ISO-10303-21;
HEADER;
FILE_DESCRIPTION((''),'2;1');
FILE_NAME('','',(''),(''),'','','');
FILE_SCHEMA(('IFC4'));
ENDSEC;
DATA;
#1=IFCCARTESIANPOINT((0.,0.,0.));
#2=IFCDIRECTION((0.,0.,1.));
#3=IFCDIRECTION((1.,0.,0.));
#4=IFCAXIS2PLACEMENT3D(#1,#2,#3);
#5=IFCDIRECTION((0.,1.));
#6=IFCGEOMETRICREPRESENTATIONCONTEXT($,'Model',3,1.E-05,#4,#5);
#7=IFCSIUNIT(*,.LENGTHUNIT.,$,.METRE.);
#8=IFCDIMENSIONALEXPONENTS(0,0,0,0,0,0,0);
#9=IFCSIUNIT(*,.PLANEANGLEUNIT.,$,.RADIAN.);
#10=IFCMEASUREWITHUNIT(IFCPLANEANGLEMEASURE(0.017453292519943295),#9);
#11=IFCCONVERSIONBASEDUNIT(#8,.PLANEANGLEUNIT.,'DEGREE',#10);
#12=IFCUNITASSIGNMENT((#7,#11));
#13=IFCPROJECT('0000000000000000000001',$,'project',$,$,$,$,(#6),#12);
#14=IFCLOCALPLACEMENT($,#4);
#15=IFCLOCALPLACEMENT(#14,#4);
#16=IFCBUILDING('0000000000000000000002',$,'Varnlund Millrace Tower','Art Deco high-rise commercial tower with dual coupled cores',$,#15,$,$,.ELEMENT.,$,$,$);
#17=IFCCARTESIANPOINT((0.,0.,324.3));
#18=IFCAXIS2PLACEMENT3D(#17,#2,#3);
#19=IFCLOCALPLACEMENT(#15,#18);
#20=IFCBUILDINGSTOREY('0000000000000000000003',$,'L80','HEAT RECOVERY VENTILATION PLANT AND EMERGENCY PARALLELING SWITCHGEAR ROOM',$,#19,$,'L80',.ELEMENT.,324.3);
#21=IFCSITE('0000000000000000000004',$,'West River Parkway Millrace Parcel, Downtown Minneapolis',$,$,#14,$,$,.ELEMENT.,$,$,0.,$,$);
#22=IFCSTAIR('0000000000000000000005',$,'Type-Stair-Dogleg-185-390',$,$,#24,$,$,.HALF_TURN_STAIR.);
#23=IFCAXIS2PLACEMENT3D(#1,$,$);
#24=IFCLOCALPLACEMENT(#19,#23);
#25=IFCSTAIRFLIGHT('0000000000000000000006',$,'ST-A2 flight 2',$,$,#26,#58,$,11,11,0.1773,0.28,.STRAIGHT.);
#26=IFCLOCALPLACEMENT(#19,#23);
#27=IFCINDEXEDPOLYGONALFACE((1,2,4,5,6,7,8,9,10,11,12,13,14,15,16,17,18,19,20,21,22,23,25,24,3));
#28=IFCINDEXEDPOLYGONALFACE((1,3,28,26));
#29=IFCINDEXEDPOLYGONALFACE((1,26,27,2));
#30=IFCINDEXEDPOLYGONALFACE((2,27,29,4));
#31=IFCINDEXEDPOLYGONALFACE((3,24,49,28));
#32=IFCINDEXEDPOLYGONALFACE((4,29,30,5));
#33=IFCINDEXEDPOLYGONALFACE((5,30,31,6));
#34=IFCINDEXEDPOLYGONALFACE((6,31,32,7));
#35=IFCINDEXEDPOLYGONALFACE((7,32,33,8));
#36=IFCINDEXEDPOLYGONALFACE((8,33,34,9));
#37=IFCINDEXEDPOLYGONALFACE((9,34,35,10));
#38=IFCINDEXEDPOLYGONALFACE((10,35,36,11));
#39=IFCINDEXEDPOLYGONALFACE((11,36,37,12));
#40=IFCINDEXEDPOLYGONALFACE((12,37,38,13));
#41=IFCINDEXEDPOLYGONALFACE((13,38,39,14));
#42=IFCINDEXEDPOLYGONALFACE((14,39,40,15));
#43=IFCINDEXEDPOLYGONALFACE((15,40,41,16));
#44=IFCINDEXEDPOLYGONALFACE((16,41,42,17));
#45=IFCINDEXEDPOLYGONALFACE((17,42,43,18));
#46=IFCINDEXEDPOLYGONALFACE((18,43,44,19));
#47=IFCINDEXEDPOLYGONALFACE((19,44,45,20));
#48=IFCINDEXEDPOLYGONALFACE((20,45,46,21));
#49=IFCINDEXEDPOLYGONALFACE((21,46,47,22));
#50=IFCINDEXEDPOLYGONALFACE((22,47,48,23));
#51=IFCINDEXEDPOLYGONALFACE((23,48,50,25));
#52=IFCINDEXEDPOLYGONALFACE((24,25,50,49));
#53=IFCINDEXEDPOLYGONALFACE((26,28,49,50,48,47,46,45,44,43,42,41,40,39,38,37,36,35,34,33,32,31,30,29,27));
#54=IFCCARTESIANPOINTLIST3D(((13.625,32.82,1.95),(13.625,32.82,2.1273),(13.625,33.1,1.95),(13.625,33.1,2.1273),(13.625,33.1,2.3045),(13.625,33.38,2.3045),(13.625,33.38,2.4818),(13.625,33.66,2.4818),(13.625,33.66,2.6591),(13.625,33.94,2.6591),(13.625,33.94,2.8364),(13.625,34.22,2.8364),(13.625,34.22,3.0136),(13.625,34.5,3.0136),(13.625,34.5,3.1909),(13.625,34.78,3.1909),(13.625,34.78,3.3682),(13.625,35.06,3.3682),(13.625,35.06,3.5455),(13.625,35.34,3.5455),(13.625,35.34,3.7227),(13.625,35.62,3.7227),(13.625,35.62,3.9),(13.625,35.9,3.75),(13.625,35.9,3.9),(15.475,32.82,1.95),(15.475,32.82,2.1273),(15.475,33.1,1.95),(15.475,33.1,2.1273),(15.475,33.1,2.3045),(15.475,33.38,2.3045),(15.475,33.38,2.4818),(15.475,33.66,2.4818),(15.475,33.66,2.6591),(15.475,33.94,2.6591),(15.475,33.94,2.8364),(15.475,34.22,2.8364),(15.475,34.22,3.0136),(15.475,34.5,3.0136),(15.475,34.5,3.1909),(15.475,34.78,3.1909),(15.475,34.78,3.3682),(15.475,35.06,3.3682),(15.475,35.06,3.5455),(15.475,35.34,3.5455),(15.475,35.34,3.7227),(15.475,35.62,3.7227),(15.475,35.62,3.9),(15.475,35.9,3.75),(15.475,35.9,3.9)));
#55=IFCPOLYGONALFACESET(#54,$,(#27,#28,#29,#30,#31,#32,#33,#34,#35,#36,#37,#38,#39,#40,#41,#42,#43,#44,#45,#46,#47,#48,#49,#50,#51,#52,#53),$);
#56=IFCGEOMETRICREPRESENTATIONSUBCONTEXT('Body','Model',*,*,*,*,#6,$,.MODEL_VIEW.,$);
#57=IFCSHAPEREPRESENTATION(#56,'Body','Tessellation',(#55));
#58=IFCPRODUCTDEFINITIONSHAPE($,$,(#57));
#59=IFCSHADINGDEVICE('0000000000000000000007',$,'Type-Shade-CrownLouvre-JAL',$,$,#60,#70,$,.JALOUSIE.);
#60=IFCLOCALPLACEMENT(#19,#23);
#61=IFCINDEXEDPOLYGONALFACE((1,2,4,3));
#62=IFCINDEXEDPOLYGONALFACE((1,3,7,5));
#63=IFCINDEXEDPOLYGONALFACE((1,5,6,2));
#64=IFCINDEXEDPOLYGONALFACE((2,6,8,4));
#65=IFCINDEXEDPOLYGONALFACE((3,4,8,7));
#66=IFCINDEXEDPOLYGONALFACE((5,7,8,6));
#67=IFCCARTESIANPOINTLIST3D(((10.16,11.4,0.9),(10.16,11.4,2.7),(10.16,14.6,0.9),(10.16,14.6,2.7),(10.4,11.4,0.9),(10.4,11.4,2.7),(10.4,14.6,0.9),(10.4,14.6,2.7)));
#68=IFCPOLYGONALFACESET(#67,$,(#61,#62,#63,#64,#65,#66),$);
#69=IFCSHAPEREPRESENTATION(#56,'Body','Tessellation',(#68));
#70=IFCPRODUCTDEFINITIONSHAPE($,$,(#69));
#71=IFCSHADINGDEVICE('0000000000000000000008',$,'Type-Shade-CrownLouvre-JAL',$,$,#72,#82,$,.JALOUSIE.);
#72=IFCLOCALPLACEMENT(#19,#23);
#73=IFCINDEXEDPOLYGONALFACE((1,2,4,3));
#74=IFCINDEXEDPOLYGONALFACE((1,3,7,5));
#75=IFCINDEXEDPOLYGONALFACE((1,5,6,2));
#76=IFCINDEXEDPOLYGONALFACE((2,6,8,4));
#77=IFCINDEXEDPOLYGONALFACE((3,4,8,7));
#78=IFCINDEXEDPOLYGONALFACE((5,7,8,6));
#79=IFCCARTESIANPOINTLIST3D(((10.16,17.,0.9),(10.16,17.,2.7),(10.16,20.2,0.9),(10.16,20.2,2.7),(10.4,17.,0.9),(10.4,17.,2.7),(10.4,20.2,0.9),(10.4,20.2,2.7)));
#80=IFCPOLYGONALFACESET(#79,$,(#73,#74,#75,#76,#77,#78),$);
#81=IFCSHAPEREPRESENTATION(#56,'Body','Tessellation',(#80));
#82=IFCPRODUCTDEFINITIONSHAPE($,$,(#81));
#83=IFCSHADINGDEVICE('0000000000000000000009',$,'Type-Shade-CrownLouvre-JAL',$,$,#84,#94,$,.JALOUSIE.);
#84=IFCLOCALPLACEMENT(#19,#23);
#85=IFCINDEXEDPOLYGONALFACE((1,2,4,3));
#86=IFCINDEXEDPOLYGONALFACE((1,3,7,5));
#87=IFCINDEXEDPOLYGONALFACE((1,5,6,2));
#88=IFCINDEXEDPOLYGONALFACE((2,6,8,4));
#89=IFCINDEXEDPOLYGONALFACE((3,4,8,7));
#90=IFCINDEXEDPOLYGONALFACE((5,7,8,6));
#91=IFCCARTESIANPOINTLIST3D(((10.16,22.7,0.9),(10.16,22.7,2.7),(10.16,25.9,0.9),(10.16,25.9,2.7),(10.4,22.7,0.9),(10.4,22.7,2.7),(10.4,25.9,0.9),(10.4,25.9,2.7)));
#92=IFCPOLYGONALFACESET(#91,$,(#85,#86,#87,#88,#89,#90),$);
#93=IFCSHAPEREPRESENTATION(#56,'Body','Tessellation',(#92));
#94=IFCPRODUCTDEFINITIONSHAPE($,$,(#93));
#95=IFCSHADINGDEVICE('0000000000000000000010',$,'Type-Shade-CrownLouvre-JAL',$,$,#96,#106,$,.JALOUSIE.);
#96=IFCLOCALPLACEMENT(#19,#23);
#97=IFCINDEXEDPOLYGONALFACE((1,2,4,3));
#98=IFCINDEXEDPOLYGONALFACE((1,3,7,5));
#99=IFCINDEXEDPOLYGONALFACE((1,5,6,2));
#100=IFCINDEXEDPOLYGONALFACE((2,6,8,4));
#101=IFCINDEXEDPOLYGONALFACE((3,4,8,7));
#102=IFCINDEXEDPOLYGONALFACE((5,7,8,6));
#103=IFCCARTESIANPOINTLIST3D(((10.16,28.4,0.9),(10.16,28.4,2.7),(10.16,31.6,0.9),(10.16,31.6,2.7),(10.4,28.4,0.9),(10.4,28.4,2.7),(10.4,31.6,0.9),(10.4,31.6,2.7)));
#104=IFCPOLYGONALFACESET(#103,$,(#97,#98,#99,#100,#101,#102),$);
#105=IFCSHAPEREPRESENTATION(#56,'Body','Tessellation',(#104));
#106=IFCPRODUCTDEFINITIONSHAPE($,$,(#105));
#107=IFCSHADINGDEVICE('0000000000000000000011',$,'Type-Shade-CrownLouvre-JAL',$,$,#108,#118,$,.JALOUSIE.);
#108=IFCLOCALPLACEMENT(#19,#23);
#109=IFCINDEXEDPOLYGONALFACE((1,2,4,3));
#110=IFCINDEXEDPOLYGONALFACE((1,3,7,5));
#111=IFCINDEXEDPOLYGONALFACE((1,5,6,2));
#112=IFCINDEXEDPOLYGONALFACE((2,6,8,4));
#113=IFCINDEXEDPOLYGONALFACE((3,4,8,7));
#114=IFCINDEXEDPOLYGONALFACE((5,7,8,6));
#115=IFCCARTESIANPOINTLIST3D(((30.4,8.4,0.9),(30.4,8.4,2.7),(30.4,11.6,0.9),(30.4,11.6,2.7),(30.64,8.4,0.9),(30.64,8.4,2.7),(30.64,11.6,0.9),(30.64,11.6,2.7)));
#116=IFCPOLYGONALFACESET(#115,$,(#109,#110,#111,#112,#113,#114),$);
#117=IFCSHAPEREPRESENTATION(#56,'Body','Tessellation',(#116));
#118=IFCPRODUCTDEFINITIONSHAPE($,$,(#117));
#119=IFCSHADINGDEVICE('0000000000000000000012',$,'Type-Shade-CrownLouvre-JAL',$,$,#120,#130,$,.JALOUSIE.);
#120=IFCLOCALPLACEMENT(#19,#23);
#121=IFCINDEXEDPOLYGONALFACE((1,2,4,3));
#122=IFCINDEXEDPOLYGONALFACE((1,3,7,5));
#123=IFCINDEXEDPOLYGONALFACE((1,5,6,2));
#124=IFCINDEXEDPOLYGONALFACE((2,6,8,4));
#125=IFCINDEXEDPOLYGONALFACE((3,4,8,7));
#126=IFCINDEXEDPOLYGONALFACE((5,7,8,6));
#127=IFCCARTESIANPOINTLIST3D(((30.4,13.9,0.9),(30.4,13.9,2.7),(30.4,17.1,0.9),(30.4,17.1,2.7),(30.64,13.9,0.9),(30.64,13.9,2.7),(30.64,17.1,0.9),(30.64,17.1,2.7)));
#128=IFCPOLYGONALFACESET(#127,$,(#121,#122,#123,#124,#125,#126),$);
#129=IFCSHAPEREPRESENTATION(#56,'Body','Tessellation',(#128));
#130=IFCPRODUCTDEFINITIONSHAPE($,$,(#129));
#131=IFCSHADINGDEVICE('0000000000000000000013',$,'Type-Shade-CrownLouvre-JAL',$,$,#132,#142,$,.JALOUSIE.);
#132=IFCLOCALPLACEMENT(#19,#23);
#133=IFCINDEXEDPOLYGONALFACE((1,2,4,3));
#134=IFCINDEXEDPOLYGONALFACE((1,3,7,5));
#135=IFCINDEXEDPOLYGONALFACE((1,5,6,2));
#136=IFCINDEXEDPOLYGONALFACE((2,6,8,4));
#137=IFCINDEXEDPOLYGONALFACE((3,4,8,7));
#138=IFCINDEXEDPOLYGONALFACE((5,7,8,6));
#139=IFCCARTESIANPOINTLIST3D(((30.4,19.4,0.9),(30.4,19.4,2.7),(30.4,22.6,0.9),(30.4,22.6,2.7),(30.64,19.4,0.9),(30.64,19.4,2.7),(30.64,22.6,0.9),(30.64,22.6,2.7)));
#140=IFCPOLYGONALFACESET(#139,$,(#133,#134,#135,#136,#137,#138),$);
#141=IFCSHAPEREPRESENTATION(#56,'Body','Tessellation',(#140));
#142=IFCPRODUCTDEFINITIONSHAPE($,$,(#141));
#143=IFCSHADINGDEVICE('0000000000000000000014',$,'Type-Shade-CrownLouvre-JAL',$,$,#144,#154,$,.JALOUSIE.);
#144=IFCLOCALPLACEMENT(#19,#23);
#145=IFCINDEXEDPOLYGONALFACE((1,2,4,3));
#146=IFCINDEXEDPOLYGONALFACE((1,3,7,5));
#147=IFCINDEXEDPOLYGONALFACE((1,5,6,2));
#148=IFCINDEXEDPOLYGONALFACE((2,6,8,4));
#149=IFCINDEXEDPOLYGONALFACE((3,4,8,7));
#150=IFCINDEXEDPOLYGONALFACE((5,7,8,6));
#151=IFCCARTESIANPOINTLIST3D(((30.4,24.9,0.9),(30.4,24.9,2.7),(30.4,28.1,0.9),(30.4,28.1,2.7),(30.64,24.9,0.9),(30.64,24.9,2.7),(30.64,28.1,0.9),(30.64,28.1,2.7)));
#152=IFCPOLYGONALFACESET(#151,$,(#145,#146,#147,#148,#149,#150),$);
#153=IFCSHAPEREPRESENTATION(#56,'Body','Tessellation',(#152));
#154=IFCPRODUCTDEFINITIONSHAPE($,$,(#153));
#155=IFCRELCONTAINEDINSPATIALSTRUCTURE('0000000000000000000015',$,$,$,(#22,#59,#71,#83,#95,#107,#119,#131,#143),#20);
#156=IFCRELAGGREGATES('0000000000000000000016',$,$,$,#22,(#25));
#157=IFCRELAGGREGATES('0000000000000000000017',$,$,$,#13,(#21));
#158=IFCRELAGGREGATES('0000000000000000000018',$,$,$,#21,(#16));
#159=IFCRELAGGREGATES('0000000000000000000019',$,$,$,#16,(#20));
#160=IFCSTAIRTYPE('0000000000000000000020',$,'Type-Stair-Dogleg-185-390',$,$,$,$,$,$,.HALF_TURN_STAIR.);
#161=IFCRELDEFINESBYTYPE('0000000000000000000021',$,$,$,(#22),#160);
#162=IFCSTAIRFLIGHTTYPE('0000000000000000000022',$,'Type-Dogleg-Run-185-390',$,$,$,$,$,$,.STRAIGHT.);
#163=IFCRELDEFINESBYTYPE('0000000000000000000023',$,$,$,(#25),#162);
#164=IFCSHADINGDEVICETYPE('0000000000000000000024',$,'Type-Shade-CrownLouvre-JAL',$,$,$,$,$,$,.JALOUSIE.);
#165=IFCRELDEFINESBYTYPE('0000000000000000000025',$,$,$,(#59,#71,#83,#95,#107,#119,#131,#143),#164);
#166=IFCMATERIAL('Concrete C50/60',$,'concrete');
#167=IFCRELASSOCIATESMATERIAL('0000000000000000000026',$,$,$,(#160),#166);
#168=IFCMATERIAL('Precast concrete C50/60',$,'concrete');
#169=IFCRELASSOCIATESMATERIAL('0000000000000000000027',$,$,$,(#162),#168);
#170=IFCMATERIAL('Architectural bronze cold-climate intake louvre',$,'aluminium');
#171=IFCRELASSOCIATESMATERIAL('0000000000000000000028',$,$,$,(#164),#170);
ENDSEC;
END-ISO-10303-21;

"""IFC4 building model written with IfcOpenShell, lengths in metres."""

from ifc_helpers import new_model, entity, si_unit, converted_unit, direction, frame, origin_with_axes, origin_2d_with_axis, place, context, subcontext, project, spatial, polyline, rectangle, outline, extrude, material, type_object, element, aggregate, save


model = new_model("IFC4")

# Units and contexts
model_context = context("Model", 3, precision=1e-05, world=origin_with_axes(), true_north=direction((0.0, 1.0)))
body_context = subcontext(model_context, "Body", "Model", "MODEL_VIEW")
ifc_project = project(units=[si_unit("LENGTHUNIT", "METRE"), converted_unit("PLANEANGLEUNIT", "DEGREE", entity("IfcPlaneAngleMeasure", 0.017453292519943295), si_unit("PLANEANGLEUNIT", "RADIAN"), dimensions=[0, 0, 0, 0, 0, 0, 0])], contexts=[model_context])

# Site, building, storey
site_placement = place(None, origin_with_axes())
site = spatial("IfcSite", under=ifc_project, at=site_placement, Name="West River Parkway Millrace Parcel, Downtown Minneapolis", CompositionType="ELEMENT", RefElevation=0.0)
building_placement = place(site_placement, origin_with_axes())
building = spatial("IfcBuilding", under=site, at=building_placement, Name="Varnlund Millrace Tower", Description="Art Deco high-rise commercial tower with dual coupled cores", CompositionType="ELEMENT")
storey_placement = place(building_placement, frame((0.0, 0.0, 324.3), z_axis=(0.0, 0.0, 1.0), x_axis=(1.0, 0.0, 0.0)))
storey = spatial("IfcBuildingStorey", under=building, at=storey_placement, Name="L80", Description="HEAT RECOVERY VENTILATION PLANT AND EMERGENCY PARALLELING SWITCHGEAR ROOM", LongName="L80", CompositionType="ELEMENT", Elevation=324.3)

# Stair
ifc_material_1 = material(Name="Concrete C50/60", Category="concrete")
stair_type = type_object("IfcStairType", Name="Type-Stair-Dogleg-185-390", PredefinedType="HALF_TURN_STAIR", material=ifc_material_1)
stair_1_placement = place(storey_placement, origin_with_axes())
stair_1 = element("IfcStair", 1, at=stair_1_placement, inside=storey, type_object=stair_type, Name="Type-Stair-Dogleg-185-390", PredefinedType="HALF_TURN_STAIR")

# Shared definitions
ifc_material_2 = material(Name="Precast concrete C50/60", Category="concrete")

# Stair flight
stair_flight_type = type_object("IfcStairFlightType", Name="Type-Dogleg-Run-185-390", PredefinedType="STRAIGHT", material=ifc_material_2)
stair_flight_1_placement = place(storey_placement, frame((13.625, 32.82, 1.95), z_axis=(1.0, 0.0, 0.0), x_axis=(0.0, 1.0, 0.0)))
stair_flight_1 = element("IfcStairFlight", 2, at=stair_flight_1_placement, type_object=stair_flight_type, Name="ST-A2 flight 2", NumberOfRisers=11, NumberOfTreads=11, PredefinedType="STRAIGHT", RiserHeight=0.1773, TreadLength=0.28, context=body_context, shape_type="SweptSolid", body=[
    extrude(outline(polyline([(0.0, 0.0), (0.0, 0.1773), (0.28, 0.1773), (0.28, 0.3545), (0.56, 0.3545), (0.56, 0.5318), (0.84, 0.5318), (0.84, 0.7091), (1.12, 0.7091), (1.12, 0.8864), (1.4, 0.8864), (1.4, 1.0636), (1.68, 1.0636), (1.68, 1.2409), (1.96, 1.2409), (1.96, 1.4182), (2.24, 1.4182), (2.24, 1.5955), (2.52, 1.5955), (2.52, 1.7727), (2.8, 1.7727), (2.8, 1.95), (3.08, 1.95), (3.08, 1.8), (0.28, 0.0), (0.0, 0.0)])), origin_with_axes(), (0.0, 0.0, 1.0), 1.85),
])
aggregate(stair_1, [stair_flight_1])

# Shading devices
ifc_material_3 = material(Name="Architectural bronze cold-climate intake louvre", Category="aluminium")
shading_device_type = type_object("IfcShadingDeviceType", Name="Type-Shade-CrownLouvre-JAL", PredefinedType="JALOUSIE", material=ifc_material_3)
for number, where, z_axis, x_axis, name in (
    (3, (10.28, 13.0, 0.9), (0.0, 0.0, 1.0), (0.0, 1.0, 0.0), "Type-Shade-CrownLouvre-JAL"),
    (4, (10.28, 18.6, 0.9), (0.0, 0.0, 1.0), (0.0, 1.0, 0.0), "Type-Shade-CrownLouvre-JAL"),
    (5, (10.28, 24.3, 0.9), (0.0, 0.0, 1.0), (0.0, 1.0, 0.0), "Type-Shade-CrownLouvre-JAL"),
    (6, (10.28, 30.0, 0.9), (0.0, 0.0, 1.0), (0.0, 1.0, 0.0), "Type-Shade-CrownLouvre-JAL"),
    (7, (30.52, 10.0, 0.9), (0.0, 0.0, 1.0), (0.0, 1.0, 0.0), "Type-Shade-CrownLouvre-JAL"),
    (8, (30.52, 15.5, 0.9), (0.0, 0.0, 1.0), (0.0, 1.0, 0.0), "Type-Shade-CrownLouvre-JAL"),
    (9, (30.52, 21.0, 0.9), (0.0, 0.0, 1.0), (0.0, 1.0, 0.0), "Type-Shade-CrownLouvre-JAL"),
    (10, (30.52, 26.5, 0.9), (0.0, 0.0, 1.0), (0.0, 1.0, 0.0), "Type-Shade-CrownLouvre-JAL"),
):
    element("IfcShadingDevice", number, at=place(storey_placement, frame(where, z_axis=z_axis, x_axis=x_axis)), inside=storey, type_object=shading_device_type, Name=name, PredefinedType="JALOUSIE", context=body_context, shape_type="SweptSolid", body=[
        extrude(rectangle(XDim=3.2, YDim=0.24, at=origin_2d_with_axis()), origin_with_axes(), (0.0, 0.0, 1.0), 1.8),
    ])

save(model, "model.ifc")
